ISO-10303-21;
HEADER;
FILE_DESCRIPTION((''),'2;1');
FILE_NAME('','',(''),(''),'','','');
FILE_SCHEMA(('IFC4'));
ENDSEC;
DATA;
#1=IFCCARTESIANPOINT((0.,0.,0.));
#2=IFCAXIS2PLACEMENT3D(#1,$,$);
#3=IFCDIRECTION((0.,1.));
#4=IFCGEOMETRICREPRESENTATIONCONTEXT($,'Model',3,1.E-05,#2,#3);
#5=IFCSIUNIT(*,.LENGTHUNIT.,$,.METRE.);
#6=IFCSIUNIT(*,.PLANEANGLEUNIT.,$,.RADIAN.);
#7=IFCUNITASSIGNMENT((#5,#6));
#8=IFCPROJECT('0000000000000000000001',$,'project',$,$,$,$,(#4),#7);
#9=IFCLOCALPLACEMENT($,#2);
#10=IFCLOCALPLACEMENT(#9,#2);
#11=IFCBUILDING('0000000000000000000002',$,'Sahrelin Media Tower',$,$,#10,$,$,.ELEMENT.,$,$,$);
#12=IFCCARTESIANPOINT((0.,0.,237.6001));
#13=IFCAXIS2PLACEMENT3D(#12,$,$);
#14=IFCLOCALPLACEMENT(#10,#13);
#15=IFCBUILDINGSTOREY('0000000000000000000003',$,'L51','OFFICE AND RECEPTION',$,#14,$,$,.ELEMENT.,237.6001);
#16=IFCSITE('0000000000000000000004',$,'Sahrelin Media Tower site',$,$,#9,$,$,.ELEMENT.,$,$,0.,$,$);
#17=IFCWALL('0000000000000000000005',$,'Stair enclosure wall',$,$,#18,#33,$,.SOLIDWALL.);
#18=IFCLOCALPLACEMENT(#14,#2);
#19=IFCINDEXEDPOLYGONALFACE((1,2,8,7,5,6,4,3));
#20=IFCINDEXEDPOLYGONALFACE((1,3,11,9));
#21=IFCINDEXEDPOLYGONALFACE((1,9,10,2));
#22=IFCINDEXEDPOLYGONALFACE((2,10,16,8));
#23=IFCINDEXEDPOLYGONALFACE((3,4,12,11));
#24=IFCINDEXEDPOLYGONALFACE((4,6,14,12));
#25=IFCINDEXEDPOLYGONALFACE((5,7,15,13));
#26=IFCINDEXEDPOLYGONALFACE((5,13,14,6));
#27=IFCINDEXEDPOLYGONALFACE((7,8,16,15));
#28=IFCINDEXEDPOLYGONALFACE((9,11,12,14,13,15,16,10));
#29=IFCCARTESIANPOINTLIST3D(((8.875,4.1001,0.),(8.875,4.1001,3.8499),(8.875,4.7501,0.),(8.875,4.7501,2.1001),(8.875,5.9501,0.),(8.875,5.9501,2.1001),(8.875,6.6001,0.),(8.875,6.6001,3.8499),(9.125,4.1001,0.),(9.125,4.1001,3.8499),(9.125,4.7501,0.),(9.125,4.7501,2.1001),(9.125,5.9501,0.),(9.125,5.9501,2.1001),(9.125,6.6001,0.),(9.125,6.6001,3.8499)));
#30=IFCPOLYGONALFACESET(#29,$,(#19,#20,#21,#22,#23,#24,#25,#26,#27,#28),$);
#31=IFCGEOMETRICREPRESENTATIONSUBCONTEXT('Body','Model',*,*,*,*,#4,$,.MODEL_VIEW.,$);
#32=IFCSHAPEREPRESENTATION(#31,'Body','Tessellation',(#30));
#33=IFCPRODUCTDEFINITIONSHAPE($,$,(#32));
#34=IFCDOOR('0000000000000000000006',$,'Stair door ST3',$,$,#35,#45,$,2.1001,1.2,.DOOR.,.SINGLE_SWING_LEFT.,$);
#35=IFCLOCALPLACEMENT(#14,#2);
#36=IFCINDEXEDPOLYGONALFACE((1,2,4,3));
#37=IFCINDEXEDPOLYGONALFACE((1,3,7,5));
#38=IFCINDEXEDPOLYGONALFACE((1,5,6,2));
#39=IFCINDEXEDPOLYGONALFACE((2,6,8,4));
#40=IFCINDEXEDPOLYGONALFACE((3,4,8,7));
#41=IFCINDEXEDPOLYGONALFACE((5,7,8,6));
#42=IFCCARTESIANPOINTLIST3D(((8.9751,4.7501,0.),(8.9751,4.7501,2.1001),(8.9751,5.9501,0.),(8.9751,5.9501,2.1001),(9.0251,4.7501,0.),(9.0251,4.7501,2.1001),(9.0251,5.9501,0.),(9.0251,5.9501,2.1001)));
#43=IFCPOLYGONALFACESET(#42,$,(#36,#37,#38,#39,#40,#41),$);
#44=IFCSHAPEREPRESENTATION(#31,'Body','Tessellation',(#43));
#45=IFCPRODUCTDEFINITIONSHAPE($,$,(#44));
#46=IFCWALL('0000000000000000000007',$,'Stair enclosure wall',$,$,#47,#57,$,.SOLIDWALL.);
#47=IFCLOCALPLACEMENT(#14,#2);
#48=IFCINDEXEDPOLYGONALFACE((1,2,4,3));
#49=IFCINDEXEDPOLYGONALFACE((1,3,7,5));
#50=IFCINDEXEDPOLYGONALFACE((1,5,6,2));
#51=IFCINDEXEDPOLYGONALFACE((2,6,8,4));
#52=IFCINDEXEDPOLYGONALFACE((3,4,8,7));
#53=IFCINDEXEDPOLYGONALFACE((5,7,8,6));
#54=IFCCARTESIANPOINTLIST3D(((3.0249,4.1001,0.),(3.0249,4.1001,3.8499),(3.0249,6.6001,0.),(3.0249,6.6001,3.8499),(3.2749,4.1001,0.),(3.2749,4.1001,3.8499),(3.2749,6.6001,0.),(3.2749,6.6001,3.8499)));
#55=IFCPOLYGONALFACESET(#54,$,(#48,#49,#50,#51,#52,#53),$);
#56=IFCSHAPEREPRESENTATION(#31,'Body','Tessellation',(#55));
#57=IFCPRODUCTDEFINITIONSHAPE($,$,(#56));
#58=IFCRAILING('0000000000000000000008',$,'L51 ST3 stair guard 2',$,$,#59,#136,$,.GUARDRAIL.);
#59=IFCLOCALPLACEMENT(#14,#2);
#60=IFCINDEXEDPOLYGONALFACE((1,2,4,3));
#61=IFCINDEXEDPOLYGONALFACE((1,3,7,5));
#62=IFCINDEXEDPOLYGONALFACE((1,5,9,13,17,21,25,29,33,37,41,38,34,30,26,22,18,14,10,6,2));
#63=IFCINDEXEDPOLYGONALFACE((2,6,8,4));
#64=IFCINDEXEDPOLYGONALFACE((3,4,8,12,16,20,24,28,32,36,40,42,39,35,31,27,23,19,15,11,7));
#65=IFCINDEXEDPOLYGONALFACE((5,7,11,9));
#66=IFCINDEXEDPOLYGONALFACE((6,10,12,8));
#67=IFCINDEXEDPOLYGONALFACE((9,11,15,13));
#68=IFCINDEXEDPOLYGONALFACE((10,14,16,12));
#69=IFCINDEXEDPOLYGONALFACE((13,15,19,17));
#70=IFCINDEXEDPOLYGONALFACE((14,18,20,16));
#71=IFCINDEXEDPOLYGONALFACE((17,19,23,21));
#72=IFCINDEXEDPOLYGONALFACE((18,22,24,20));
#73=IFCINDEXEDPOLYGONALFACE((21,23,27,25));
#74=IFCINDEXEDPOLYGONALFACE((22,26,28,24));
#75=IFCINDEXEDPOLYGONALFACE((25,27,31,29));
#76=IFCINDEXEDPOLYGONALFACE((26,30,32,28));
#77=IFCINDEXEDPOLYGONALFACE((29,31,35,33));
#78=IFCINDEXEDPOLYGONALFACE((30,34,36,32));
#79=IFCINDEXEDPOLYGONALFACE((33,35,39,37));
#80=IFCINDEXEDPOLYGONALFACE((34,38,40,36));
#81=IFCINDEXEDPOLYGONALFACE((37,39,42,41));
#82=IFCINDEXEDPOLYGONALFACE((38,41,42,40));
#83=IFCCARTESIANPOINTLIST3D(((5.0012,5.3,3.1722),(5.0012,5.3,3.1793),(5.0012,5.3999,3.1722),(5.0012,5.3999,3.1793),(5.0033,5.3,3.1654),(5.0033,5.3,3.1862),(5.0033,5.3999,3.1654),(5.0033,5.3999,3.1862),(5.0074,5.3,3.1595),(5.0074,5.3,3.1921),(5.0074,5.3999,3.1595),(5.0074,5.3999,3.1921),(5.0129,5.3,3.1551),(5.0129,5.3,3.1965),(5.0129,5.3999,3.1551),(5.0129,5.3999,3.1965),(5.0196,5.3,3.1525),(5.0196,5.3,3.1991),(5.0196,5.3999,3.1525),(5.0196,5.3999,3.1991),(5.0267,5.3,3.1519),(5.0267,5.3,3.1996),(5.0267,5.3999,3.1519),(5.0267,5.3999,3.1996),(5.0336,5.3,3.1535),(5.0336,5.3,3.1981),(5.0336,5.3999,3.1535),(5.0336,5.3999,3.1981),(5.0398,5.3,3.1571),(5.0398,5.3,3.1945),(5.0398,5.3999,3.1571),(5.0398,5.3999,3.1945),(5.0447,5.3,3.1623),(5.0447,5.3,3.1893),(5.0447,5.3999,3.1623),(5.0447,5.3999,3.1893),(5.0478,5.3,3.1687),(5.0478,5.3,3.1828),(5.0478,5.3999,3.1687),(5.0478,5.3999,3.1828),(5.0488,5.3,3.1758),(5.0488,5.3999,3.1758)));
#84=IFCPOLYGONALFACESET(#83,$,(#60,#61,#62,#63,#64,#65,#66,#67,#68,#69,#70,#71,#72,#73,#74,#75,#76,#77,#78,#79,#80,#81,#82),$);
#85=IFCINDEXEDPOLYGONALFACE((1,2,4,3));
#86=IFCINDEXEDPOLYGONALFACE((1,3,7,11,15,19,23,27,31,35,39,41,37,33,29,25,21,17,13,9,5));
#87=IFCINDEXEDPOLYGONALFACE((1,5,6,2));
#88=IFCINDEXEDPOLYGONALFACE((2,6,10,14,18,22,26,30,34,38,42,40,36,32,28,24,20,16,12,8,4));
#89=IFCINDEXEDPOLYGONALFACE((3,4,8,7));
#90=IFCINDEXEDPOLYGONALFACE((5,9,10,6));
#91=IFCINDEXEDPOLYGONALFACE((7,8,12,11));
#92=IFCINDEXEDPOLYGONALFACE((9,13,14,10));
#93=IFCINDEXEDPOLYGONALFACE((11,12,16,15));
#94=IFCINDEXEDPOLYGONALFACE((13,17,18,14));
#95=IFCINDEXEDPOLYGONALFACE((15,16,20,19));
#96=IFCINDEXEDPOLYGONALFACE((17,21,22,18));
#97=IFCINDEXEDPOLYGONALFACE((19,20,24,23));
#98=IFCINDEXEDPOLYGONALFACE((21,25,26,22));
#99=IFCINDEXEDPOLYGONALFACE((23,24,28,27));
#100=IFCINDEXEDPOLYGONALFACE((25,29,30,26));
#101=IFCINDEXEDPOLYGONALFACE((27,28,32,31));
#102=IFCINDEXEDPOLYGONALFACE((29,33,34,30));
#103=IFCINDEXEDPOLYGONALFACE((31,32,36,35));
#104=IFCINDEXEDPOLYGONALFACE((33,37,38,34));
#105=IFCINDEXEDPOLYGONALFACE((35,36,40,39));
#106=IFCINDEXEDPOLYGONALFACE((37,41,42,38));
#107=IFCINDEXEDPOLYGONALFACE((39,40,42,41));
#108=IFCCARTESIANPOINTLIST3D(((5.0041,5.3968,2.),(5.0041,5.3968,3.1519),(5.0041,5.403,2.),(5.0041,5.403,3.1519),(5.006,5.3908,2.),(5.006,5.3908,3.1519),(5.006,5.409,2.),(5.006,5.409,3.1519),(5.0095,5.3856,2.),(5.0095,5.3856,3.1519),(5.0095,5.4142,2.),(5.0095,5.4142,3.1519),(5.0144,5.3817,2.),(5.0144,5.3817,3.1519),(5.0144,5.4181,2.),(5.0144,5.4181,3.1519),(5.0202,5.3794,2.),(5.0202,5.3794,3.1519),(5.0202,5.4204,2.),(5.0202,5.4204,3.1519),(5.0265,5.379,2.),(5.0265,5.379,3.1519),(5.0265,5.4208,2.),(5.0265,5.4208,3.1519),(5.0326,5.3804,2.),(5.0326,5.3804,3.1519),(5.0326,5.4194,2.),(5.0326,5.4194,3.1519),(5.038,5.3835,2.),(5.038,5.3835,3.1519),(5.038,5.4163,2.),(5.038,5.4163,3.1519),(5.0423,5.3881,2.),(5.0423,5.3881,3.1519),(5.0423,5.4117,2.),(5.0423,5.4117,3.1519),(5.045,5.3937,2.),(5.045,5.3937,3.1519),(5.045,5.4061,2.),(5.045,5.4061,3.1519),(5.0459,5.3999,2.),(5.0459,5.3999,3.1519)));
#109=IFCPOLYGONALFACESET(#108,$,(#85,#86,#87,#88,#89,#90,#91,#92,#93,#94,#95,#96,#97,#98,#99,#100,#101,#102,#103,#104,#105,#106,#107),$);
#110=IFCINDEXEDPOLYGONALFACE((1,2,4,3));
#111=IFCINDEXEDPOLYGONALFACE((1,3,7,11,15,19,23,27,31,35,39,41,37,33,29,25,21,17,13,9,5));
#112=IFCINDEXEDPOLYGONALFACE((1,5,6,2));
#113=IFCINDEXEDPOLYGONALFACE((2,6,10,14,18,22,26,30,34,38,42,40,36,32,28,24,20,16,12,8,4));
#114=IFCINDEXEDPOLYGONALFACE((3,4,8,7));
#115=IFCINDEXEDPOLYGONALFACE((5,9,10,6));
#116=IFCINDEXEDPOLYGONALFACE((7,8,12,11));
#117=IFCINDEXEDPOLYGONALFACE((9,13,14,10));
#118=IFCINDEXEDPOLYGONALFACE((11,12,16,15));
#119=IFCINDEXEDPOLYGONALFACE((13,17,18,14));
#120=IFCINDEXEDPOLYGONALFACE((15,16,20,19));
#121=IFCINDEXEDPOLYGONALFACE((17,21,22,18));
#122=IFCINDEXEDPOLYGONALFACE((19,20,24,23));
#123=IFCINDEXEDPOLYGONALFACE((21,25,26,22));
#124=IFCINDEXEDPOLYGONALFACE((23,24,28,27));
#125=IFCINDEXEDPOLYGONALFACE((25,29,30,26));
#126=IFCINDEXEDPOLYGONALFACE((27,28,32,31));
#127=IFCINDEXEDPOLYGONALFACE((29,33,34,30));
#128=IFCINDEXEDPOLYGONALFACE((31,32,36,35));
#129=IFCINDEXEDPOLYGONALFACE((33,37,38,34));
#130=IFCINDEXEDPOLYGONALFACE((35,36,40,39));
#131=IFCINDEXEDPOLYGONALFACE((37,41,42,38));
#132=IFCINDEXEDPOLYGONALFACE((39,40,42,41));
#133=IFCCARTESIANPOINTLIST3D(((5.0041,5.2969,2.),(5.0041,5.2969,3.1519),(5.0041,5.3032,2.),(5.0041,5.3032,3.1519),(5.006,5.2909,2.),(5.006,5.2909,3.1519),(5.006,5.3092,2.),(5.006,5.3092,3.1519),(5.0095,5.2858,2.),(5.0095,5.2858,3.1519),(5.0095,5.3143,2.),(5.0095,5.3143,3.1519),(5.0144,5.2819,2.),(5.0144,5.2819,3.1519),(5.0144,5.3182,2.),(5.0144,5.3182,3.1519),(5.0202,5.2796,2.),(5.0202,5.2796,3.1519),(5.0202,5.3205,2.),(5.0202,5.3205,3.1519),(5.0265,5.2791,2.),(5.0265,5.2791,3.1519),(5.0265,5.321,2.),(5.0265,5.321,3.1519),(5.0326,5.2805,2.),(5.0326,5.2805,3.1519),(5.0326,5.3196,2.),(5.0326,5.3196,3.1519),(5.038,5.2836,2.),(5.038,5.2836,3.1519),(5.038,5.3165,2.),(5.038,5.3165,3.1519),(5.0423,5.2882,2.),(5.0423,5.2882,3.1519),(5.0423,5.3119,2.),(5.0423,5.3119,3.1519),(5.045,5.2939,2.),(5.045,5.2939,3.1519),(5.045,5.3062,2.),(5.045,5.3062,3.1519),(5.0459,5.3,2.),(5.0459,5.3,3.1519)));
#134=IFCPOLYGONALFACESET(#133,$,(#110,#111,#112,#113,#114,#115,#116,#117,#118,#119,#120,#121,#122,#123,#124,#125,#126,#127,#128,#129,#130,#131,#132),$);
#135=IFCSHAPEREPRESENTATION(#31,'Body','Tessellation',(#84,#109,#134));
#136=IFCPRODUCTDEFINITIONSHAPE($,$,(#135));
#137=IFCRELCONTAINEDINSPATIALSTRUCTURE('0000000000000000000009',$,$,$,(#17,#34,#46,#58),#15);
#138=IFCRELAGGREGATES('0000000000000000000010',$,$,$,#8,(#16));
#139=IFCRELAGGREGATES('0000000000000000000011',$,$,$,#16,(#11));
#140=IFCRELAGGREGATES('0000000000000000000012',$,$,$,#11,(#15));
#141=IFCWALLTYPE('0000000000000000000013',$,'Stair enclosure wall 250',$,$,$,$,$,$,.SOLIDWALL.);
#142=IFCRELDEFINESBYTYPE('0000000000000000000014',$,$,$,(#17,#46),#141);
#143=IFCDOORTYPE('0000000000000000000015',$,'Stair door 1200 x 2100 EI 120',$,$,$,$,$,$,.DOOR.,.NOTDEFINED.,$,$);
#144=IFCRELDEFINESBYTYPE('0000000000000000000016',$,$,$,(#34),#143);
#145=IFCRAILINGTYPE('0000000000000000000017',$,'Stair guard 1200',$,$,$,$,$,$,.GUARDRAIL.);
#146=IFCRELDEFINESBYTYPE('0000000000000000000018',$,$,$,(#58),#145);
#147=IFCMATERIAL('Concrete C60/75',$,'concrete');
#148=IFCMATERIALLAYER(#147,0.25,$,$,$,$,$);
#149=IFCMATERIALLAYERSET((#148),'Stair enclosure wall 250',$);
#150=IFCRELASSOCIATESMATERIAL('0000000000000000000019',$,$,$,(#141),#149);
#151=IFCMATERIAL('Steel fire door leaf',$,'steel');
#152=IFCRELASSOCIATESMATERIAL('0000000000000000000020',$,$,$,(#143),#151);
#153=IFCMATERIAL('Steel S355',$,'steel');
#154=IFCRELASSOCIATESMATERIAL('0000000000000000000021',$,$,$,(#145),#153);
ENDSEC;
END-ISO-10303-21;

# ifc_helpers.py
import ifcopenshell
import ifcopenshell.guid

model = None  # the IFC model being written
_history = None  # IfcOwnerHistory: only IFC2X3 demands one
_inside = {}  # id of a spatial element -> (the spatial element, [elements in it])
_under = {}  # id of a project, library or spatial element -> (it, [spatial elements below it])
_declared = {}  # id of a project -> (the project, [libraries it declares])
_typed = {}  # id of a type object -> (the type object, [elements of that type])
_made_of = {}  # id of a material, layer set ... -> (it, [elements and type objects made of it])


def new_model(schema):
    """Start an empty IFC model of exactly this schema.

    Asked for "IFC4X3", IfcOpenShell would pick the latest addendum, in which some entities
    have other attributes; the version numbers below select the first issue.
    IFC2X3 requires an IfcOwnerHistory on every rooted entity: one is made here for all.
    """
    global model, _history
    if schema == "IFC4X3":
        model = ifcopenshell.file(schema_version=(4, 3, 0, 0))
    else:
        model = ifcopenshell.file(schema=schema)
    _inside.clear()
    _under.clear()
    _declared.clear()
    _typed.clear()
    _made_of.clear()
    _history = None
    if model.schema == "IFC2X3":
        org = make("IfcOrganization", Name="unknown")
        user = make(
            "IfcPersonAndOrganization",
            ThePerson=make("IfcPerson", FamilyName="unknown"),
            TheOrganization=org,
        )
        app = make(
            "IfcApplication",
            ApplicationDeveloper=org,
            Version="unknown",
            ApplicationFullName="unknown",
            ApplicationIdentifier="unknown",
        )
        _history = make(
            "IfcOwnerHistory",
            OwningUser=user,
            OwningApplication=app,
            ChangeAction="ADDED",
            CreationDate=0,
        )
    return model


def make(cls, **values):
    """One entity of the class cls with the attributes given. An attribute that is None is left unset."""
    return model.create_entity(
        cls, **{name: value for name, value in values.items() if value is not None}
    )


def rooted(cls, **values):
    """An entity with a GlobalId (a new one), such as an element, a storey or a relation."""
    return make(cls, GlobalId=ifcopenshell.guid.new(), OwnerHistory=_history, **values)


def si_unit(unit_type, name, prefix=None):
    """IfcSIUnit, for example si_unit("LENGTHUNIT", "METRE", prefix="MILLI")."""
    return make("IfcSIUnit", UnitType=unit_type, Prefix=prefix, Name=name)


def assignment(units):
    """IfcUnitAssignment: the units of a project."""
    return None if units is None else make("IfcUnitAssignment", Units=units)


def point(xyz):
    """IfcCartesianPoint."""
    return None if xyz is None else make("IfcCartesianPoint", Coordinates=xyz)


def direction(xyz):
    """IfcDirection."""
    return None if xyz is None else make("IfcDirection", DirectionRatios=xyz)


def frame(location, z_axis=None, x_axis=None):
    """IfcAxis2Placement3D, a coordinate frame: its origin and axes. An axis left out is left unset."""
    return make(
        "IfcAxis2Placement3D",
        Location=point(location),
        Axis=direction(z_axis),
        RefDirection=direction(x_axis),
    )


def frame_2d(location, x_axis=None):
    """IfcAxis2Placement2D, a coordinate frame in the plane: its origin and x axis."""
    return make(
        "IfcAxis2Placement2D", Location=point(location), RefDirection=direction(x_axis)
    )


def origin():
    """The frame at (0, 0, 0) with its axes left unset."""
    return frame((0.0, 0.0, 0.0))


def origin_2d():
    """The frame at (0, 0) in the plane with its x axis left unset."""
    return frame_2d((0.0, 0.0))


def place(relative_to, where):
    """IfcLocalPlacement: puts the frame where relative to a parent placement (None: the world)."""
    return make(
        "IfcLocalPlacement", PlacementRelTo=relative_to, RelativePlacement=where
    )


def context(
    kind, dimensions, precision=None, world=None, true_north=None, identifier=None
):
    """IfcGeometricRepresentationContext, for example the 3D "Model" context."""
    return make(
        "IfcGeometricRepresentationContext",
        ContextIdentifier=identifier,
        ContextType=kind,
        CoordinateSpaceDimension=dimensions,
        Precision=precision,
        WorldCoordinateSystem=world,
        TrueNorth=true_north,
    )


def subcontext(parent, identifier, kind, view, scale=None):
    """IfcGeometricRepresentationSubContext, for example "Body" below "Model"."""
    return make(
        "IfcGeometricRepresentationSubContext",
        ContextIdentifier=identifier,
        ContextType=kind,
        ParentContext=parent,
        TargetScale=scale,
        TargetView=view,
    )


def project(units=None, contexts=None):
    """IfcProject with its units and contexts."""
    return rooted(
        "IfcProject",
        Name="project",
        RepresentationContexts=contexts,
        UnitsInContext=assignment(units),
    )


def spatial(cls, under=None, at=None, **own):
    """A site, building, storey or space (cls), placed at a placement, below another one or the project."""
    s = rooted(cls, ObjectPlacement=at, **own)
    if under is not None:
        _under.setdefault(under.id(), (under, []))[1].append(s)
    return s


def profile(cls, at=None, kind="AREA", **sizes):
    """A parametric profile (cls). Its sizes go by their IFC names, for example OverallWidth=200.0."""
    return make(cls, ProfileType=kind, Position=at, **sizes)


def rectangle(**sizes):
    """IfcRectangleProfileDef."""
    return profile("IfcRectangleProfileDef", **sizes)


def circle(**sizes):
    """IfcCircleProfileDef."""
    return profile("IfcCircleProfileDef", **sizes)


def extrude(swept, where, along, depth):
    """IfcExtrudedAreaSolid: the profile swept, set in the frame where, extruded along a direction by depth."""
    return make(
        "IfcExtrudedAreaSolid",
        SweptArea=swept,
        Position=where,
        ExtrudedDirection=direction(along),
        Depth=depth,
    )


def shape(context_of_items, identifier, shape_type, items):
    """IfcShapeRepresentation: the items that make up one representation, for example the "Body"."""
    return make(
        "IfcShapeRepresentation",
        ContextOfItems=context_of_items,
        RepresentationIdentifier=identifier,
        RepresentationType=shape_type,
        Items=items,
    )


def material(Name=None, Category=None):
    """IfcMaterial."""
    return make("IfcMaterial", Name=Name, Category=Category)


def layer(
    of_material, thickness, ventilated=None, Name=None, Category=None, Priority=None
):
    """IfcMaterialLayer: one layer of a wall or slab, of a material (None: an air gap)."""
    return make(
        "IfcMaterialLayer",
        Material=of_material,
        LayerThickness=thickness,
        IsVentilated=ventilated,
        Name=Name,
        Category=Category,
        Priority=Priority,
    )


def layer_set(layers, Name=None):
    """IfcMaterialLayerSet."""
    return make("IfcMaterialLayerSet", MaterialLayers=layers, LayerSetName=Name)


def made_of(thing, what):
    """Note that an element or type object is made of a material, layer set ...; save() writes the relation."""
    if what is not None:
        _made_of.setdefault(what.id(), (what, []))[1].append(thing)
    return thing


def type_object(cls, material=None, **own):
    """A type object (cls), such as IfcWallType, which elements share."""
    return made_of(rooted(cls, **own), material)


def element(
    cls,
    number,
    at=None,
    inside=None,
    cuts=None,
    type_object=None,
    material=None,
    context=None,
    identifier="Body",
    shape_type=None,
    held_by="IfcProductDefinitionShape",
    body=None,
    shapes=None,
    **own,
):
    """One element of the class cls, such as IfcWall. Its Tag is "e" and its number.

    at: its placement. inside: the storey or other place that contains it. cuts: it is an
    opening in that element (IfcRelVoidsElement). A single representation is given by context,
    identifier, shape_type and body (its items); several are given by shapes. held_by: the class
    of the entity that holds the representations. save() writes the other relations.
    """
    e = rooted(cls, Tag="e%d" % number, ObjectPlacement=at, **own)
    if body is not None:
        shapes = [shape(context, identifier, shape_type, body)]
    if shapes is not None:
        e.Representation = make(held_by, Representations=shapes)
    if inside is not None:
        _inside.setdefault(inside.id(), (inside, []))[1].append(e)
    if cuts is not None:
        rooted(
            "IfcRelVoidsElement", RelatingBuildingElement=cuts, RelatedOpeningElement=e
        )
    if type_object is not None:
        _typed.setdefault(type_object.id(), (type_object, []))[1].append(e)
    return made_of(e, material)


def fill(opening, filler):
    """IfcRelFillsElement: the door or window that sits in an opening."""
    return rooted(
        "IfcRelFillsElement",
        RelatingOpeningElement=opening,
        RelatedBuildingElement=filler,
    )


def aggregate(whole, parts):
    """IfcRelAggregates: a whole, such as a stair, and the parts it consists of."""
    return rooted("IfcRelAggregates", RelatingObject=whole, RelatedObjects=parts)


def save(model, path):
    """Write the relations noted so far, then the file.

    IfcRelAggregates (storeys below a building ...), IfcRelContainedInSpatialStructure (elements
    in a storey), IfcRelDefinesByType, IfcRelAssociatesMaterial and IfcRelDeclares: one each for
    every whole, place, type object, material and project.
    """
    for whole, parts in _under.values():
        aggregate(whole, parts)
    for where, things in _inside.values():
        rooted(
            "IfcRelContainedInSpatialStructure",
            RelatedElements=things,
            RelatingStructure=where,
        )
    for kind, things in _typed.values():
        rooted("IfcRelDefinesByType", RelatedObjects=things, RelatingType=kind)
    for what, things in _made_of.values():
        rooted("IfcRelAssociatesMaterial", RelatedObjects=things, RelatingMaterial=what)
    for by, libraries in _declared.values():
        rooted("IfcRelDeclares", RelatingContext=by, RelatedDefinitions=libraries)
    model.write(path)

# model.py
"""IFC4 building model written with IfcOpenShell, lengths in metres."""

from ifc_helpers import new_model, si_unit, direction, frame, frame_2d, origin, origin_2d, place, context, subcontext, project, spatial, rectangle, circle, extrude, material, layer, layer_set, type_object, element, fill, save


model = new_model("IFC4")

# Units and contexts
model_context = context("Model", 3, precision=1e-05, world=origin(), true_north=direction((0.0, 1.0)))
body_context = subcontext(model_context, "Body", "Model", "MODEL_VIEW")
ifc_project = project(units=[si_unit("LENGTHUNIT", "METRE"), si_unit("PLANEANGLEUNIT", "RADIAN")], contexts=[model_context])

# Site, building, storey
site_placement = place(None, origin())
site = spatial("IfcSite", under=ifc_project, at=site_placement, Name="Sahrelin Media Tower site", CompositionType="ELEMENT", RefElevation=0.0)
building_placement = place(site_placement, origin())
building = spatial("IfcBuilding", under=site, at=building_placement, Name="Sahrelin Media Tower", CompositionType="ELEMENT")
storey_placement = place(building_placement, frame((0.0, 0.0, 237.6001)))
storey = spatial("IfcBuildingStorey", under=building, at=storey_placement, Name="L51", Description="OFFICE AND RECEPTION", CompositionType="ELEMENT", Elevation=237.6001)

# Shared definitions
ifc_material_1 = material(Name="Steel S355", Category="steel")

# Shared definitions
ifc_material_2 = material(Name="Concrete C60/75", Category="concrete")

# Wall, opening, door
ifc_layer_1 = layer(ifc_material_2, 0.25)
ifc_layer_set_1 = layer_set([ifc_layer_1], Name="Stair enclosure wall 250")
wall_type_1 = type_object("IfcWallType", Name="Stair enclosure wall 250", PredefinedType="SOLIDWALL", material=ifc_layer_set_1)
wall_1_placement = place(storey_placement, frame((9.0, 4.1001, 0.0), z_axis=(0.0, 0.0, 1.0), x_axis=(0.0, 1.0, 0.0)))
wall_1 = element("IfcWall", 1, at=wall_1_placement, inside=storey, type_object=wall_type_1, Name="Stair enclosure wall", PredefinedType="SOLIDWALL", context=body_context, shape_type="SweptSolid", body=[
    extrude(rectangle(XDim=2.5, YDim=0.25, at=frame_2d((1.25, 0.0))), origin(), (0.0, 0.0, 1.0), 3.8499),
])
opening_1_placement = place(wall_1_placement, frame((0.6499, 0.0, 0.0)))
opening_1 = element("IfcOpeningElement", 2, at=opening_1_placement, cuts=wall_1, PredefinedType="OPENING", context=body_context, shape_type="SweptSolid", body=[
    extrude(rectangle(XDim=1.2, YDim=2.1001, at=frame_2d((0.6001, 1.05))), frame((0.0, 0.125, 0.0), z_axis=(0.0, -1.0, 0.0), x_axis=(1.0, 0.0, 0.0)), (0.0, 0.0, 1.0), 0.25),
])
ifc_material_3 = material(Name="Steel fire door leaf", Category="steel")
door_type_1 = type_object("IfcDoorType", Name="Stair door 1200 x 2100 EI 120", OperationType="NOTDEFINED", PredefinedType="DOOR", material=ifc_material_3)
door_1_placement = place(opening_1_placement, origin())
door_1 = element("IfcDoor", 3, at=door_1_placement, inside=storey, type_object=door_type_1, Name="Stair door ST3", OperationType="SINGLE_SWING_LEFT", OverallHeight=2.1001, OverallWidth=1.2, PredefinedType="DOOR", context=body_context, shape_type="SweptSolid", body=[
    extrude(rectangle(XDim=1.2, YDim=2.1001, at=frame_2d((0.6001, 1.05))), frame((0.0, 0.0249, 0.0), z_axis=(0.0, -1.0, 0.0), x_axis=(1.0, 0.0, 0.0)), (0.0, 0.0, 1.0), 0.05),
])
fill(opening_1, door_1)

# Wall
wall_2_placement = place(storey_placement, frame((3.1499, 4.1001, 0.0), z_axis=(0.0, 0.0, 1.0), x_axis=(0.0, 1.0, 0.0)))
element("IfcWall", 4, at=wall_2_placement, inside=storey, type_object=wall_type_1, Name="Stair enclosure wall", PredefinedType="SOLIDWALL", context=body_context, shape_type="SweptSolid", body=[
    extrude(rectangle(XDim=2.5, YDim=0.25, at=frame_2d((1.25, 0.0))), origin(), (0.0, 0.0, 1.0), 3.8499),
])

# Railing
railing_type_1 = type_object("IfcRailingType", Name="Stair guard 1200", PredefinedType="GUARDRAIL", material=ifc_material_1)
railing_1_placement = place(storey_placement, frame((5.0249, 5.3999, 2.0)))
element("IfcRailing", 5, at=railing_1_placement, inside=storey, type_object=railing_type_1, Name="L51 ST3 stair guard 2", PredefinedType="GUARDRAIL", context=body_context, shape_type="SweptSolid", body=[
    extrude(circle(Radius=0.0239, at=origin_2d()), frame((0.0, 0.0, 1.1758), z_axis=(0.0, -1.0, 0.0), x_axis=(1.0, 0.0, 0.0)), (0.0, 0.0, 1.0), 0.0999),
    extrude(circle(Radius=0.021, at=origin_2d()), origin(), (0.0, 0.0, 1.0), 1.1519),
    extrude(circle(Radius=0.021, at=origin_2d()), frame((0.0, -0.0999, 0.0)), (0.0, 0.0, 1.0), 1.1519),
])

save(model, "model.ifc")
